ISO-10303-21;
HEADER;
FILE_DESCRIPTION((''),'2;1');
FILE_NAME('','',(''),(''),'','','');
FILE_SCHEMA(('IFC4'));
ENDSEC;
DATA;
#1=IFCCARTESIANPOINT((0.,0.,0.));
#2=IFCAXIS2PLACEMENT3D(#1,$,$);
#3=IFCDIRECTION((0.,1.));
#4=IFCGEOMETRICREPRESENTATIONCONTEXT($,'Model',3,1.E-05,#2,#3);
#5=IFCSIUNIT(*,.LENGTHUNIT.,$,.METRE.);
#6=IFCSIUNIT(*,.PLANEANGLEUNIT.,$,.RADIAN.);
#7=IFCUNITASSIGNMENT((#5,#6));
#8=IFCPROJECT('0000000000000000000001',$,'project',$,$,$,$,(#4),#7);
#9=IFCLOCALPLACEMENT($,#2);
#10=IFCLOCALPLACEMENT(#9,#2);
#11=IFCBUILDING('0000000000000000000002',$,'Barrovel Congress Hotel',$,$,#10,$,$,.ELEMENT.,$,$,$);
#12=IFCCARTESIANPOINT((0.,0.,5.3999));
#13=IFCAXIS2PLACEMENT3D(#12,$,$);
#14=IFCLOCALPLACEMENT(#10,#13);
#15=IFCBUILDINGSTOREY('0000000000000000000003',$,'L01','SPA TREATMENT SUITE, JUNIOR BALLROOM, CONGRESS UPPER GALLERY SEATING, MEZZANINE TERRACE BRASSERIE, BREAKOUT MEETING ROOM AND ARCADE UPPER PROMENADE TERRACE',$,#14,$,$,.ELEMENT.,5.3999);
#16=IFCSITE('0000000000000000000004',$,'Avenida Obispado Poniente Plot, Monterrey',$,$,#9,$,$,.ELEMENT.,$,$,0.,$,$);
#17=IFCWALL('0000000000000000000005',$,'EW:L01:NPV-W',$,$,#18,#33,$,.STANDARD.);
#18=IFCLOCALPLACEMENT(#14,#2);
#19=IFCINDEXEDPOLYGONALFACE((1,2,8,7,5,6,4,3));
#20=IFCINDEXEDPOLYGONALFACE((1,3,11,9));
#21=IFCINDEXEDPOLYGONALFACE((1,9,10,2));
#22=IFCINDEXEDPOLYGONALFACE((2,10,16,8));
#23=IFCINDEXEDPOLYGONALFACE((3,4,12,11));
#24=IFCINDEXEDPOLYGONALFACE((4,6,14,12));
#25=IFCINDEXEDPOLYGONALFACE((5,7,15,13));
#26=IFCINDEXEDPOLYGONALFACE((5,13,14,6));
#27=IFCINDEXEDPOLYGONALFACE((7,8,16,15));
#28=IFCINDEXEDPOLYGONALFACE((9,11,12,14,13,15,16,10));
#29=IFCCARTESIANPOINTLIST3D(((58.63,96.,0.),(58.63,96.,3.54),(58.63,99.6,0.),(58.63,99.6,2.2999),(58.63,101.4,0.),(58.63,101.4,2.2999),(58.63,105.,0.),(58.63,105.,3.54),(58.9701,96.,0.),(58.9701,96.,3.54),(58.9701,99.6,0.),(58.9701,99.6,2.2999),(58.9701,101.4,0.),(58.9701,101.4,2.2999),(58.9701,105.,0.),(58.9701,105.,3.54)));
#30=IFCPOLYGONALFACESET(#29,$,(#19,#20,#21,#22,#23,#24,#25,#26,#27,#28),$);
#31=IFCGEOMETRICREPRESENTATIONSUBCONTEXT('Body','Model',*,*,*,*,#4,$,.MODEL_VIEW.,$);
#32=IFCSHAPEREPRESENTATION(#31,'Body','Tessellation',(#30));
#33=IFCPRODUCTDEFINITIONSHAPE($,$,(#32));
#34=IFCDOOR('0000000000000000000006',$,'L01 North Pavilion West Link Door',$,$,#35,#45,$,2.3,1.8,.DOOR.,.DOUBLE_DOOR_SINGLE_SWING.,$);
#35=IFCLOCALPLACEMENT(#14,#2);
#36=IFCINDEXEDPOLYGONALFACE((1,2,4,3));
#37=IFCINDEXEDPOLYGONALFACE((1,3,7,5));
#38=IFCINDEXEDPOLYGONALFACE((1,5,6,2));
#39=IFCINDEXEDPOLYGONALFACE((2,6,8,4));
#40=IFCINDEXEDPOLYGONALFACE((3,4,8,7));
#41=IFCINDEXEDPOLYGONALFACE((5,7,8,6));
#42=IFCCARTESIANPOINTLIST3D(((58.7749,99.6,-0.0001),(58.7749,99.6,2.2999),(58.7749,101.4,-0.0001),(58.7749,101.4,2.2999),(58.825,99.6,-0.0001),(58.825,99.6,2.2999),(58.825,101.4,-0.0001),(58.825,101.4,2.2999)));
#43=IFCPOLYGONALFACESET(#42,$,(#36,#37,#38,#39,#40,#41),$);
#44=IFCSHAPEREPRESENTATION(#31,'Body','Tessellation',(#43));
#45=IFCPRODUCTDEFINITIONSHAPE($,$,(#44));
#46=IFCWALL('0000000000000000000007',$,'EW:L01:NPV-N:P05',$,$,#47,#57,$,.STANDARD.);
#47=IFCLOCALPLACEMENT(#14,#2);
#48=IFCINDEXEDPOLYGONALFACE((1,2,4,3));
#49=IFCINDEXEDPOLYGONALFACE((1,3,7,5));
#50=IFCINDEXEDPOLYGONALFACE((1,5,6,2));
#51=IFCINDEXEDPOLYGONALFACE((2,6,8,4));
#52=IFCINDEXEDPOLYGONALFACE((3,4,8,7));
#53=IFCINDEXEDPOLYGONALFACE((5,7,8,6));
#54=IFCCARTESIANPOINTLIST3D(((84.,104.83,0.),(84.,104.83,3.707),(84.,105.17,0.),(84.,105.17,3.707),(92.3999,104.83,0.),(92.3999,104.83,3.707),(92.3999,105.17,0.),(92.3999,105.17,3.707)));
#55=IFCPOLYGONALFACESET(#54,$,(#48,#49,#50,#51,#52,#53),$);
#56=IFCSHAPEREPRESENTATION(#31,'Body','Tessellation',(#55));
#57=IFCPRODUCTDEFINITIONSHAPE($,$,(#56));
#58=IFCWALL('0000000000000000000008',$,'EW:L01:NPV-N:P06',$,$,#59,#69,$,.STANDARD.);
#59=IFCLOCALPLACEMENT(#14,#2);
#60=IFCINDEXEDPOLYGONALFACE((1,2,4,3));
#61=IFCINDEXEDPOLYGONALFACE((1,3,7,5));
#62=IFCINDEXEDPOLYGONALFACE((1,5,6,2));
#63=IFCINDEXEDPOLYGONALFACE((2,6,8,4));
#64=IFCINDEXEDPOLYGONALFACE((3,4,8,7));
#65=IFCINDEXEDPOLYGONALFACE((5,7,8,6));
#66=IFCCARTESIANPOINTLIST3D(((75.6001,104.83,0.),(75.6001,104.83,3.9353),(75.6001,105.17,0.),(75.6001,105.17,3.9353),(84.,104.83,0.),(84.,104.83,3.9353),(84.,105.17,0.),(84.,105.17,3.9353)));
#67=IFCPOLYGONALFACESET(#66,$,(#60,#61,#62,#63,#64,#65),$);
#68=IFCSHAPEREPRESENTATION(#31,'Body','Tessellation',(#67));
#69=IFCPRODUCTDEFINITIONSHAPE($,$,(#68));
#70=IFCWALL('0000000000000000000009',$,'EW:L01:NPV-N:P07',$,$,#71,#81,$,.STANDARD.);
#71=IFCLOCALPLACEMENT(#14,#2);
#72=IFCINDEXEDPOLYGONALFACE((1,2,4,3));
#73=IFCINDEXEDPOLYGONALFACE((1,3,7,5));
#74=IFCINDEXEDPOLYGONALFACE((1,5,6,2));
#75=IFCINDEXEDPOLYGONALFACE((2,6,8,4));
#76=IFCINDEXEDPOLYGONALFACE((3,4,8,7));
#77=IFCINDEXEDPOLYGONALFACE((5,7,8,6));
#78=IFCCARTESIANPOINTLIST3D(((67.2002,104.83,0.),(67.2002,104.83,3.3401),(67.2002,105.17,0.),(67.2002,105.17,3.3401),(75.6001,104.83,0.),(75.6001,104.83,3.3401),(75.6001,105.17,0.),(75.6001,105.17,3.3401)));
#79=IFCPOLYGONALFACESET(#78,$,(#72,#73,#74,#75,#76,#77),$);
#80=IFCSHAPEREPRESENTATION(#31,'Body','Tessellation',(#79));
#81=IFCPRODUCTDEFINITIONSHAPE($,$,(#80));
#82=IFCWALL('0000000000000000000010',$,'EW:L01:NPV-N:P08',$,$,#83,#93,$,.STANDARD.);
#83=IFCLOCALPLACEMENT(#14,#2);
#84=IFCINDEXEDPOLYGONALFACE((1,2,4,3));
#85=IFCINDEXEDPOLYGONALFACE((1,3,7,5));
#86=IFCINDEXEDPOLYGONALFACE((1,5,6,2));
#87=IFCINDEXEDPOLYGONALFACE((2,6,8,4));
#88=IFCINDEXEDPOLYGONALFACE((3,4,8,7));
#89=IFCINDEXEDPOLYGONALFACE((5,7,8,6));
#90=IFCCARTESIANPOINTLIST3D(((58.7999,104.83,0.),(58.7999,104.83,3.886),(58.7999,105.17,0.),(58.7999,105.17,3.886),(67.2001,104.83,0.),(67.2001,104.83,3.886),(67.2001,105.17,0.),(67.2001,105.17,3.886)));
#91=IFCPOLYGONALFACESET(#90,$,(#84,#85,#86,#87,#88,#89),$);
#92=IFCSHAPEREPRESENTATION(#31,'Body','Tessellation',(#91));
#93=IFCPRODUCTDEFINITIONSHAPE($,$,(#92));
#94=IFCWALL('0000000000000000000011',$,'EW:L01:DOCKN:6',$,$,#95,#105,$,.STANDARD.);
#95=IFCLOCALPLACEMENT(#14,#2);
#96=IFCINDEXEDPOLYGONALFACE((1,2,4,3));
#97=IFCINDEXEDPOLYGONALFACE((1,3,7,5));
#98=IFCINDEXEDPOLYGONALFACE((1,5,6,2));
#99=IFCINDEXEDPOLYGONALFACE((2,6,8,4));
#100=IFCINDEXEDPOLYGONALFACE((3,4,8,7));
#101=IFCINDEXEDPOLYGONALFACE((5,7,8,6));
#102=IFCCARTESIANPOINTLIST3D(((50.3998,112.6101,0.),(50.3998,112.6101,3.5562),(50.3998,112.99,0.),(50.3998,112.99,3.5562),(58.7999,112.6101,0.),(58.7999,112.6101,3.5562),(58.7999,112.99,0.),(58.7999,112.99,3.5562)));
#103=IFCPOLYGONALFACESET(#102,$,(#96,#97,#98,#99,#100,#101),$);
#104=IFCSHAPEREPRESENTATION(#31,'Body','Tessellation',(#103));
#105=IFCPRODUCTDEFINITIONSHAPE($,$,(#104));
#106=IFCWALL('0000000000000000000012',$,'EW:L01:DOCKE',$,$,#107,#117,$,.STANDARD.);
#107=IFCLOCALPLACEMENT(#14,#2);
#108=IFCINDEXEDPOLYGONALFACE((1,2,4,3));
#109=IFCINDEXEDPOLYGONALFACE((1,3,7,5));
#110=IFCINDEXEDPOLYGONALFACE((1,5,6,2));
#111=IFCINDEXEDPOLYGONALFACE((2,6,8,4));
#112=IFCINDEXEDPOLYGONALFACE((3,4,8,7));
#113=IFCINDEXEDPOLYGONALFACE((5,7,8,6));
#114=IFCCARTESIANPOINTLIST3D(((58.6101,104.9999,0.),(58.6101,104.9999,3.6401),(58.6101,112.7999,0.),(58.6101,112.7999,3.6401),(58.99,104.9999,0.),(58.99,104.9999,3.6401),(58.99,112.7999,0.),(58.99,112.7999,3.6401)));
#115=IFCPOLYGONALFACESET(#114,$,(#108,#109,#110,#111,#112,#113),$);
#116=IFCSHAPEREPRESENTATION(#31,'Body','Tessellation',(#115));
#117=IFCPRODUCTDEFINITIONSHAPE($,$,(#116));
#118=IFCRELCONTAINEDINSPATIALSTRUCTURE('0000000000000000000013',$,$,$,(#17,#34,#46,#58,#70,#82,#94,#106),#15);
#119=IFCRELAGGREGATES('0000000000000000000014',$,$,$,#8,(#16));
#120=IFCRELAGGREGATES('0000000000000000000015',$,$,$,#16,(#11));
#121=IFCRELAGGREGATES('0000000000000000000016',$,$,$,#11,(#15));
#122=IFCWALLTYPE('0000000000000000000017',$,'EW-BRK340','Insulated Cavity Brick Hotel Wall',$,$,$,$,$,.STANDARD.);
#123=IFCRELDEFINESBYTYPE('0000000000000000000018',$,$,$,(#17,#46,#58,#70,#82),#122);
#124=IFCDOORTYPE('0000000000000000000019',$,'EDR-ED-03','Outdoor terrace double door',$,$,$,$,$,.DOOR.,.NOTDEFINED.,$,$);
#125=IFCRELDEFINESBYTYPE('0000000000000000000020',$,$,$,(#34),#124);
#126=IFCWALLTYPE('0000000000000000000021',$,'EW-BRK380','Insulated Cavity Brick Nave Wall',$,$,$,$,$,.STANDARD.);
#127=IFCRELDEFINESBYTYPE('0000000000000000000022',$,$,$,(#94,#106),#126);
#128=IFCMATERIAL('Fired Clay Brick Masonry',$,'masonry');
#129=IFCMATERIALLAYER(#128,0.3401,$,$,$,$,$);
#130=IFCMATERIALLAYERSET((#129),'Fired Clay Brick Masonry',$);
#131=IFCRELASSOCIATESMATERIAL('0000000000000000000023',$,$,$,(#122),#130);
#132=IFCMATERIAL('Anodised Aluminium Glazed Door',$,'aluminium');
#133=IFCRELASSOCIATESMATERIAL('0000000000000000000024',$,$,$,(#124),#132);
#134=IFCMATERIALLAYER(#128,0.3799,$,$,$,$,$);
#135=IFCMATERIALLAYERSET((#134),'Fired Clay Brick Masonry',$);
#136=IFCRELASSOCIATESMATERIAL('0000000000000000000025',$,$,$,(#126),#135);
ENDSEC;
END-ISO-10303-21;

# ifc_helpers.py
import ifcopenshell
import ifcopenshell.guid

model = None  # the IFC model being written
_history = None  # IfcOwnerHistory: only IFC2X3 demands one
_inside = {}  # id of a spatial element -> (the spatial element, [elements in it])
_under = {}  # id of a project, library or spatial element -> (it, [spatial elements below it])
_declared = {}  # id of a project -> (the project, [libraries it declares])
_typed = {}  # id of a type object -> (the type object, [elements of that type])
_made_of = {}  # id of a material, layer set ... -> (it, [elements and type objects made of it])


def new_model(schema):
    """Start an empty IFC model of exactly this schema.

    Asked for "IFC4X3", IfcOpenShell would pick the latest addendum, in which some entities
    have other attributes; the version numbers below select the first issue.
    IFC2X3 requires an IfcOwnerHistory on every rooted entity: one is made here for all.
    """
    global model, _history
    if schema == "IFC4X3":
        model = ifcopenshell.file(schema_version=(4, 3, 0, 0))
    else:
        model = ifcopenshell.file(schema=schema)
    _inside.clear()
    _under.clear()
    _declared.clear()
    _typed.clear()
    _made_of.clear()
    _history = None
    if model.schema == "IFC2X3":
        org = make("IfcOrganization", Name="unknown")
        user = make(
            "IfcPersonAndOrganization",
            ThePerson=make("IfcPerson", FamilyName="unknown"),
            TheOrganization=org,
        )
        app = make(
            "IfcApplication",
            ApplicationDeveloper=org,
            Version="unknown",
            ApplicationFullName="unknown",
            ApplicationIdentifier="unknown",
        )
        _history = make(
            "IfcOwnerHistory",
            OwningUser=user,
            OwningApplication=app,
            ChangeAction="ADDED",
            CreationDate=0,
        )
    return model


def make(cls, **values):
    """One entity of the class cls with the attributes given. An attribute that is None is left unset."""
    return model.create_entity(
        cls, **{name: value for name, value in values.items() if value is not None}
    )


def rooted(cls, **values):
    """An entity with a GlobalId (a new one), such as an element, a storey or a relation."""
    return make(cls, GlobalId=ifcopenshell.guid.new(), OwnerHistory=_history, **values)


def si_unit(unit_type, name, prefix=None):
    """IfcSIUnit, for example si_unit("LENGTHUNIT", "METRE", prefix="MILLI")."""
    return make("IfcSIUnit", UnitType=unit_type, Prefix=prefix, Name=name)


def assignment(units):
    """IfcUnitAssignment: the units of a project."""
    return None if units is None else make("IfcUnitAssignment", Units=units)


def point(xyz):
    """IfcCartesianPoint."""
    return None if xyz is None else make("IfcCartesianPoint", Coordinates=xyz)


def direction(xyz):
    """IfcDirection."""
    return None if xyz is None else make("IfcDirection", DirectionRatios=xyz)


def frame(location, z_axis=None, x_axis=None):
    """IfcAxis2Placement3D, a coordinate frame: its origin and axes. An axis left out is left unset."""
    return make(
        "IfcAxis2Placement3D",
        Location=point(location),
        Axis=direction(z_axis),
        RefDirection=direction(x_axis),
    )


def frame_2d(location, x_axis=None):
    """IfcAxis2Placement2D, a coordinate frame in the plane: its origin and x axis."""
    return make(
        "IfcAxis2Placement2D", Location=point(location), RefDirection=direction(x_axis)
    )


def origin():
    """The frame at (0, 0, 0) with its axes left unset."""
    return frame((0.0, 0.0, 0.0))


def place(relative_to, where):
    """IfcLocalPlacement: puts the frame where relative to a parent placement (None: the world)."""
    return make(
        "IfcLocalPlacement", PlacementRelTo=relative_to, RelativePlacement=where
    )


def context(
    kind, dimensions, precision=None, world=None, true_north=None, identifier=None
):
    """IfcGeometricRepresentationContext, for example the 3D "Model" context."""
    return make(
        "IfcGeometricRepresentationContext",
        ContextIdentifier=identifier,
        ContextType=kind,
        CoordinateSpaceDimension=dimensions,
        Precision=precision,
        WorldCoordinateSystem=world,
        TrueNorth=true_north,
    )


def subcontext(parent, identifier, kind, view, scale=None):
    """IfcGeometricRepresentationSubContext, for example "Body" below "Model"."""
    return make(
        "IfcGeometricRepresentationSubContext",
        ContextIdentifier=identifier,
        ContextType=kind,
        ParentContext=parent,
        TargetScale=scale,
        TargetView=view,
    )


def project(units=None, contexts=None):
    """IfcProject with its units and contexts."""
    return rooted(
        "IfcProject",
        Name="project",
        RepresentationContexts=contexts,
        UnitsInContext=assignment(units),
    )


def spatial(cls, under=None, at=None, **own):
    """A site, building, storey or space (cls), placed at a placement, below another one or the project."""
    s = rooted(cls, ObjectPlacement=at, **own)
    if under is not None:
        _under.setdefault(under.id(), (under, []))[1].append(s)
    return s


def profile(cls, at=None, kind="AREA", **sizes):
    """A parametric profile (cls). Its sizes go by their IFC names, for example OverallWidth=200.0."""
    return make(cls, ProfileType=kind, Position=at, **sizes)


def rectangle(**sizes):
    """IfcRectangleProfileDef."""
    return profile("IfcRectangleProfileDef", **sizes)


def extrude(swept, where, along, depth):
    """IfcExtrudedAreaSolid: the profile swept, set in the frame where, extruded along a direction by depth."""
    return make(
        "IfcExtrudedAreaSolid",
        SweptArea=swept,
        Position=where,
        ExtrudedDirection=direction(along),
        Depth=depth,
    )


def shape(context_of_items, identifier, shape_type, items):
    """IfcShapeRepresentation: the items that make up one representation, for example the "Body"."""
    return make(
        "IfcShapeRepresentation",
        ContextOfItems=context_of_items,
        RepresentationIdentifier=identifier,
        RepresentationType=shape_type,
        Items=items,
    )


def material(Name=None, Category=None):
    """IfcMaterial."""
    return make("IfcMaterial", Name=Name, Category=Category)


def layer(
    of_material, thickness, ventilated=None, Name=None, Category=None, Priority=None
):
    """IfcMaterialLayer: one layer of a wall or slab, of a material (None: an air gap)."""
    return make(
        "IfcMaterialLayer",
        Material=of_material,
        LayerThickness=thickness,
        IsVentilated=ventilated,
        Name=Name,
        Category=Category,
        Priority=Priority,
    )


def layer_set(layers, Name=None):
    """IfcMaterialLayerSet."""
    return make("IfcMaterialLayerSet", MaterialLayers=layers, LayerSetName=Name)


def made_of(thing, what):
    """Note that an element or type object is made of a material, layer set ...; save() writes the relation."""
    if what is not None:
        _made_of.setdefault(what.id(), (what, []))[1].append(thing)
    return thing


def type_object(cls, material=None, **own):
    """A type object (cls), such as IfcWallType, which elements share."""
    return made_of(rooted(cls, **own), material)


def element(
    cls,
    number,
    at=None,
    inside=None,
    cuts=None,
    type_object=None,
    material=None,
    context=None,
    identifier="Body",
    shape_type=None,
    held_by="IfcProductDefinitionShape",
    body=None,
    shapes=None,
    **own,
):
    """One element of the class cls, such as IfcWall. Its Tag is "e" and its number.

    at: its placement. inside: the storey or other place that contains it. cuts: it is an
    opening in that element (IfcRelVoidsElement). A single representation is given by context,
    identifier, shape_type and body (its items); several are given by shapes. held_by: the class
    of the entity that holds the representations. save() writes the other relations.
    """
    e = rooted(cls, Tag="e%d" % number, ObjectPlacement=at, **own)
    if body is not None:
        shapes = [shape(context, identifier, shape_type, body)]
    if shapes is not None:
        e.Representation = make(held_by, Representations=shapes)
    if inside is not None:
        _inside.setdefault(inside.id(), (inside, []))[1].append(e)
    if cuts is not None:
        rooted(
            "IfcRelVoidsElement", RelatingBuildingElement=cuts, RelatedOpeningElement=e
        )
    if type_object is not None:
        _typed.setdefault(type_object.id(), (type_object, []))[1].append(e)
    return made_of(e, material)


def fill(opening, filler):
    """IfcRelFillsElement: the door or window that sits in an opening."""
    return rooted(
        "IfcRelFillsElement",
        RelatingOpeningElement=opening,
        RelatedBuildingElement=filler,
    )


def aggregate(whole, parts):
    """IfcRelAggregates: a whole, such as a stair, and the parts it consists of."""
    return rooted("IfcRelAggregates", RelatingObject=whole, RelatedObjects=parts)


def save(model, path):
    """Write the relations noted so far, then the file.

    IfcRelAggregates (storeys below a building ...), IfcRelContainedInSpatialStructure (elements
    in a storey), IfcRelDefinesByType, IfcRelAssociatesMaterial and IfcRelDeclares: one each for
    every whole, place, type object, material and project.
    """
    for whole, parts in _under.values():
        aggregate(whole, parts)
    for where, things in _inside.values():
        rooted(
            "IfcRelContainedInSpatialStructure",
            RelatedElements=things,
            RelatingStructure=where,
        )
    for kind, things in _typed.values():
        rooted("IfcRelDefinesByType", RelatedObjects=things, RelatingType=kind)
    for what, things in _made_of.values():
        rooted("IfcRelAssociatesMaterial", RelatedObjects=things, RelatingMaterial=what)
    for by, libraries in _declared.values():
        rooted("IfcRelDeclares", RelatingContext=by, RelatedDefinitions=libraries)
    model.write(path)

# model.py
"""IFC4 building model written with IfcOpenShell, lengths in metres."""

from ifc_helpers import new_model, si_unit, direction, frame, frame_2d, origin, place, context, subcontext, project, spatial, rectangle, extrude, material, layer, layer_set, type_object, element, fill, save


model = new_model("IFC4")

# Units and contexts
model_context = context("Model", 3, precision=1e-05, world=origin(), true_north=direction((0.0, 1.0)))
body_context = subcontext(model_context, "Body", "Model", "MODEL_VIEW")
ifc_project = project(units=[si_unit("LENGTHUNIT", "METRE"), si_unit("PLANEANGLEUNIT", "RADIAN")], contexts=[model_context])

# Site, building, storey
site_placement = place(None, origin())
site = spatial("IfcSite", under=ifc_project, at=site_placement, Name="Avenida Obispado Poniente Plot, Monterrey", CompositionType="ELEMENT", RefElevation=0.0)
building_placement = place(site_placement, origin())
building = spatial("IfcBuilding", under=site, at=building_placement, Name="Barrovel Congress Hotel", CompositionType="ELEMENT")
storey_placement = place(building_placement, frame((0.0, 0.0, 5.3999)))
storey = spatial("IfcBuildingStorey", under=building, at=storey_placement, Name="L01", Description="SPA TREATMENT SUITE, JUNIOR BALLROOM, CONGRESS UPPER GALLERY SEATING, MEZZANINE TERRACE BRASSERIE, BREAKOUT MEETING ROOM AND ARCADE UPPER PROMENADE TERRACE", CompositionType="ELEMENT", Elevation=5.3999)

# Wall, opening, door
ifc_material_1 = material(Name="Fired Clay Brick Masonry", Category="masonry")
ifc_layer_1 = layer(ifc_material_1, 0.3401)
ifc_layer_set_1 = layer_set([ifc_layer_1], Name="Fired Clay Brick Masonry")
wall_type_1 = type_object("IfcWallType", Name="EW-BRK340", Description="Insulated Cavity Brick Hotel Wall", PredefinedType="STANDARD", material=ifc_layer_set_1)
wall_1_placement = place(storey_placement, frame((58.8, 105.0, 0.0), z_axis=(0.0, 0.0, 1.0), x_axis=(0.0, -1.0, 0.0)))
wall_1 = element("IfcWall", 1, at=wall_1_placement, inside=storey, type_object=wall_type_1, Name="EW:L01:NPV-W", PredefinedType="STANDARD", context=body_context, shape_type="SweptSolid", body=[
    extrude(rectangle(XDim=9.0, YDim=0.3401, at=frame_2d((4.5, 0.0))), origin(), (0.0, 0.0, 1.0), 3.54),
])
opening_placement = place(wall_1_placement, frame((3.6001, 0.0, 0.0)))
opening = element("IfcOpeningElement", 2, at=opening_placement, cuts=wall_1, PredefinedType="OPENING", context=body_context, shape_type="SweptSolid", body=[
    extrude(rectangle(XDim=1.8, YDim=2.3, at=frame_2d((0.8999, 1.1499))), frame((0.0, 0.1802, 0.0), z_axis=(0.0, -1.0, 0.0), x_axis=(1.0, 0.0, 0.0)), (0.0, 0.0, 1.0), 0.3601),
])
ifc_material_2 = material(Name="Anodised Aluminium Glazed Door", Category="aluminium")
door_type = type_object("IfcDoorType", Name="EDR-ED-03", Description="Outdoor terrace double door", OperationType="NOTDEFINED", PredefinedType="DOOR", material=ifc_material_2)
door_placement = place(opening_placement, origin())
door = element("IfcDoor", 3, at=door_placement, inside=storey, type_object=door_type, Name="L01 North Pavilion West Link Door", OperationType="DOUBLE_DOOR_SINGLE_SWING", OverallHeight=2.3, OverallWidth=1.8, PredefinedType="DOOR", context=body_context, shape_type="SweptSolid", body=[
    extrude(rectangle(XDim=1.8, YDim=2.3, at=frame_2d((0.8999, 1.1499))), frame((0.0, 0.0249, 0.0), z_axis=(0.0, -1.0, 0.0), x_axis=(1.0, 0.0, 0.0)), (0.0, 0.0, 1.0), 0.05),
])
fill(opening, door)

# Walls
wall_2_placement = place(storey_placement, frame((92.3999, 105.0, 0.0), z_axis=(0.0, 0.0, 1.0), x_axis=(-1.0, 0.0, 0.0)))
element("IfcWall", 4, at=wall_2_placement, inside=storey, type_object=wall_type_1, Name="EW:L01:NPV-N:P05", PredefinedType="STANDARD", context=body_context, shape_type="SweptSolid", body=[
    extrude(rectangle(XDim=8.3999, YDim=0.3401, at=frame_2d((4.2, 0.0))), origin(), (0.0, 0.0, 1.0), 3.707),
])
wall_3_placement = place(storey_placement, frame((84.0, 105.0, 0.0), z_axis=(0.0, 0.0, 1.0), x_axis=(-1.0, 0.0, 0.0)))
element("IfcWall", 5, at=wall_3_placement, inside=storey, type_object=wall_type_1, Name="EW:L01:NPV-N:P06", PredefinedType="STANDARD", context=body_context, shape_type="SweptSolid", body=[
    extrude(rectangle(XDim=8.3999, YDim=0.3401, at=frame_2d((4.2, 0.0))), origin(), (0.0, 0.0, 1.0), 3.9353),
])
wall_4_placement = place(storey_placement, frame((75.6001, 105.0, 0.0), z_axis=(0.0, 0.0, 1.0), x_axis=(-1.0, 0.0, 0.0)))
element("IfcWall", 6, at=wall_4_placement, inside=storey, type_object=wall_type_1, Name="EW:L01:NPV-N:P07", PredefinedType="STANDARD", context=body_context, shape_type="SweptSolid", body=[
    extrude(rectangle(XDim=8.3999, YDim=0.3401, at=frame_2d((4.2, 0.0))), origin(), (0.0, 0.0, 1.0), 3.3401),
])
wall_5_placement = place(storey_placement, frame((67.2002, 105.0, 0.0), z_axis=(0.0, 0.0, 1.0), x_axis=(-1.0, 0.0, 0.0)))
element("IfcWall", 7, at=wall_5_placement, inside=storey, type_object=wall_type_1, Name="EW:L01:NPV-N:P08", PredefinedType="STANDARD", context=body_context, shape_type="SweptSolid", body=[
    extrude(rectangle(XDim=8.4001, YDim=0.3401, at=frame_2d((4.2002, 0.0))), origin(), (0.0, 0.0, 1.0), 3.886),
])
ifc_layer_2 = layer(ifc_material_1, 0.3799)
ifc_layer_set_2 = layer_set([ifc_layer_2], Name="Fired Clay Brick Masonry")
wall_type_2 = type_object("IfcWallType", Name="EW-BRK380", Description="Insulated Cavity Brick Nave Wall", PredefinedType="STANDARD", material=ifc_layer_set_2)
wall_6_placement = place(storey_placement, frame((58.8, 112.8, 0.0), z_axis=(0.0, 0.0, 1.0), x_axis=(-1.0, 0.0, 0.0)))
element("IfcWall", 8, at=wall_6_placement, inside=storey, type_object=wall_type_2, Name="EW:L01:DOCKN:6", PredefinedType="STANDARD", context=body_context, shape_type="SweptSolid", body=[
    extrude(rectangle(XDim=8.4001, YDim=0.3799, at=frame_2d((4.2002, 0.0))), origin(), (0.0, 0.0, 1.0), 3.5562),
])
wall_7_placement = place(storey_placement, frame((58.8, 105.0, 0.0), z_axis=(0.0, 0.0, 1.0), x_axis=(0.0, 1.0, 0.0)))
element("IfcWall", 9, at=wall_7_placement, inside=storey, type_object=wall_type_2, Name="EW:L01:DOCKE", PredefinedType="STANDARD", context=body_context, shape_type="SweptSolid", body=[
    extrude(rectangle(XDim=7.8, YDim=0.3799, at=frame_2d((3.8999, 0.0))), origin(), (0.0, 0.0, 1.0), 3.6401),
])

save(model, "model.ifc")
